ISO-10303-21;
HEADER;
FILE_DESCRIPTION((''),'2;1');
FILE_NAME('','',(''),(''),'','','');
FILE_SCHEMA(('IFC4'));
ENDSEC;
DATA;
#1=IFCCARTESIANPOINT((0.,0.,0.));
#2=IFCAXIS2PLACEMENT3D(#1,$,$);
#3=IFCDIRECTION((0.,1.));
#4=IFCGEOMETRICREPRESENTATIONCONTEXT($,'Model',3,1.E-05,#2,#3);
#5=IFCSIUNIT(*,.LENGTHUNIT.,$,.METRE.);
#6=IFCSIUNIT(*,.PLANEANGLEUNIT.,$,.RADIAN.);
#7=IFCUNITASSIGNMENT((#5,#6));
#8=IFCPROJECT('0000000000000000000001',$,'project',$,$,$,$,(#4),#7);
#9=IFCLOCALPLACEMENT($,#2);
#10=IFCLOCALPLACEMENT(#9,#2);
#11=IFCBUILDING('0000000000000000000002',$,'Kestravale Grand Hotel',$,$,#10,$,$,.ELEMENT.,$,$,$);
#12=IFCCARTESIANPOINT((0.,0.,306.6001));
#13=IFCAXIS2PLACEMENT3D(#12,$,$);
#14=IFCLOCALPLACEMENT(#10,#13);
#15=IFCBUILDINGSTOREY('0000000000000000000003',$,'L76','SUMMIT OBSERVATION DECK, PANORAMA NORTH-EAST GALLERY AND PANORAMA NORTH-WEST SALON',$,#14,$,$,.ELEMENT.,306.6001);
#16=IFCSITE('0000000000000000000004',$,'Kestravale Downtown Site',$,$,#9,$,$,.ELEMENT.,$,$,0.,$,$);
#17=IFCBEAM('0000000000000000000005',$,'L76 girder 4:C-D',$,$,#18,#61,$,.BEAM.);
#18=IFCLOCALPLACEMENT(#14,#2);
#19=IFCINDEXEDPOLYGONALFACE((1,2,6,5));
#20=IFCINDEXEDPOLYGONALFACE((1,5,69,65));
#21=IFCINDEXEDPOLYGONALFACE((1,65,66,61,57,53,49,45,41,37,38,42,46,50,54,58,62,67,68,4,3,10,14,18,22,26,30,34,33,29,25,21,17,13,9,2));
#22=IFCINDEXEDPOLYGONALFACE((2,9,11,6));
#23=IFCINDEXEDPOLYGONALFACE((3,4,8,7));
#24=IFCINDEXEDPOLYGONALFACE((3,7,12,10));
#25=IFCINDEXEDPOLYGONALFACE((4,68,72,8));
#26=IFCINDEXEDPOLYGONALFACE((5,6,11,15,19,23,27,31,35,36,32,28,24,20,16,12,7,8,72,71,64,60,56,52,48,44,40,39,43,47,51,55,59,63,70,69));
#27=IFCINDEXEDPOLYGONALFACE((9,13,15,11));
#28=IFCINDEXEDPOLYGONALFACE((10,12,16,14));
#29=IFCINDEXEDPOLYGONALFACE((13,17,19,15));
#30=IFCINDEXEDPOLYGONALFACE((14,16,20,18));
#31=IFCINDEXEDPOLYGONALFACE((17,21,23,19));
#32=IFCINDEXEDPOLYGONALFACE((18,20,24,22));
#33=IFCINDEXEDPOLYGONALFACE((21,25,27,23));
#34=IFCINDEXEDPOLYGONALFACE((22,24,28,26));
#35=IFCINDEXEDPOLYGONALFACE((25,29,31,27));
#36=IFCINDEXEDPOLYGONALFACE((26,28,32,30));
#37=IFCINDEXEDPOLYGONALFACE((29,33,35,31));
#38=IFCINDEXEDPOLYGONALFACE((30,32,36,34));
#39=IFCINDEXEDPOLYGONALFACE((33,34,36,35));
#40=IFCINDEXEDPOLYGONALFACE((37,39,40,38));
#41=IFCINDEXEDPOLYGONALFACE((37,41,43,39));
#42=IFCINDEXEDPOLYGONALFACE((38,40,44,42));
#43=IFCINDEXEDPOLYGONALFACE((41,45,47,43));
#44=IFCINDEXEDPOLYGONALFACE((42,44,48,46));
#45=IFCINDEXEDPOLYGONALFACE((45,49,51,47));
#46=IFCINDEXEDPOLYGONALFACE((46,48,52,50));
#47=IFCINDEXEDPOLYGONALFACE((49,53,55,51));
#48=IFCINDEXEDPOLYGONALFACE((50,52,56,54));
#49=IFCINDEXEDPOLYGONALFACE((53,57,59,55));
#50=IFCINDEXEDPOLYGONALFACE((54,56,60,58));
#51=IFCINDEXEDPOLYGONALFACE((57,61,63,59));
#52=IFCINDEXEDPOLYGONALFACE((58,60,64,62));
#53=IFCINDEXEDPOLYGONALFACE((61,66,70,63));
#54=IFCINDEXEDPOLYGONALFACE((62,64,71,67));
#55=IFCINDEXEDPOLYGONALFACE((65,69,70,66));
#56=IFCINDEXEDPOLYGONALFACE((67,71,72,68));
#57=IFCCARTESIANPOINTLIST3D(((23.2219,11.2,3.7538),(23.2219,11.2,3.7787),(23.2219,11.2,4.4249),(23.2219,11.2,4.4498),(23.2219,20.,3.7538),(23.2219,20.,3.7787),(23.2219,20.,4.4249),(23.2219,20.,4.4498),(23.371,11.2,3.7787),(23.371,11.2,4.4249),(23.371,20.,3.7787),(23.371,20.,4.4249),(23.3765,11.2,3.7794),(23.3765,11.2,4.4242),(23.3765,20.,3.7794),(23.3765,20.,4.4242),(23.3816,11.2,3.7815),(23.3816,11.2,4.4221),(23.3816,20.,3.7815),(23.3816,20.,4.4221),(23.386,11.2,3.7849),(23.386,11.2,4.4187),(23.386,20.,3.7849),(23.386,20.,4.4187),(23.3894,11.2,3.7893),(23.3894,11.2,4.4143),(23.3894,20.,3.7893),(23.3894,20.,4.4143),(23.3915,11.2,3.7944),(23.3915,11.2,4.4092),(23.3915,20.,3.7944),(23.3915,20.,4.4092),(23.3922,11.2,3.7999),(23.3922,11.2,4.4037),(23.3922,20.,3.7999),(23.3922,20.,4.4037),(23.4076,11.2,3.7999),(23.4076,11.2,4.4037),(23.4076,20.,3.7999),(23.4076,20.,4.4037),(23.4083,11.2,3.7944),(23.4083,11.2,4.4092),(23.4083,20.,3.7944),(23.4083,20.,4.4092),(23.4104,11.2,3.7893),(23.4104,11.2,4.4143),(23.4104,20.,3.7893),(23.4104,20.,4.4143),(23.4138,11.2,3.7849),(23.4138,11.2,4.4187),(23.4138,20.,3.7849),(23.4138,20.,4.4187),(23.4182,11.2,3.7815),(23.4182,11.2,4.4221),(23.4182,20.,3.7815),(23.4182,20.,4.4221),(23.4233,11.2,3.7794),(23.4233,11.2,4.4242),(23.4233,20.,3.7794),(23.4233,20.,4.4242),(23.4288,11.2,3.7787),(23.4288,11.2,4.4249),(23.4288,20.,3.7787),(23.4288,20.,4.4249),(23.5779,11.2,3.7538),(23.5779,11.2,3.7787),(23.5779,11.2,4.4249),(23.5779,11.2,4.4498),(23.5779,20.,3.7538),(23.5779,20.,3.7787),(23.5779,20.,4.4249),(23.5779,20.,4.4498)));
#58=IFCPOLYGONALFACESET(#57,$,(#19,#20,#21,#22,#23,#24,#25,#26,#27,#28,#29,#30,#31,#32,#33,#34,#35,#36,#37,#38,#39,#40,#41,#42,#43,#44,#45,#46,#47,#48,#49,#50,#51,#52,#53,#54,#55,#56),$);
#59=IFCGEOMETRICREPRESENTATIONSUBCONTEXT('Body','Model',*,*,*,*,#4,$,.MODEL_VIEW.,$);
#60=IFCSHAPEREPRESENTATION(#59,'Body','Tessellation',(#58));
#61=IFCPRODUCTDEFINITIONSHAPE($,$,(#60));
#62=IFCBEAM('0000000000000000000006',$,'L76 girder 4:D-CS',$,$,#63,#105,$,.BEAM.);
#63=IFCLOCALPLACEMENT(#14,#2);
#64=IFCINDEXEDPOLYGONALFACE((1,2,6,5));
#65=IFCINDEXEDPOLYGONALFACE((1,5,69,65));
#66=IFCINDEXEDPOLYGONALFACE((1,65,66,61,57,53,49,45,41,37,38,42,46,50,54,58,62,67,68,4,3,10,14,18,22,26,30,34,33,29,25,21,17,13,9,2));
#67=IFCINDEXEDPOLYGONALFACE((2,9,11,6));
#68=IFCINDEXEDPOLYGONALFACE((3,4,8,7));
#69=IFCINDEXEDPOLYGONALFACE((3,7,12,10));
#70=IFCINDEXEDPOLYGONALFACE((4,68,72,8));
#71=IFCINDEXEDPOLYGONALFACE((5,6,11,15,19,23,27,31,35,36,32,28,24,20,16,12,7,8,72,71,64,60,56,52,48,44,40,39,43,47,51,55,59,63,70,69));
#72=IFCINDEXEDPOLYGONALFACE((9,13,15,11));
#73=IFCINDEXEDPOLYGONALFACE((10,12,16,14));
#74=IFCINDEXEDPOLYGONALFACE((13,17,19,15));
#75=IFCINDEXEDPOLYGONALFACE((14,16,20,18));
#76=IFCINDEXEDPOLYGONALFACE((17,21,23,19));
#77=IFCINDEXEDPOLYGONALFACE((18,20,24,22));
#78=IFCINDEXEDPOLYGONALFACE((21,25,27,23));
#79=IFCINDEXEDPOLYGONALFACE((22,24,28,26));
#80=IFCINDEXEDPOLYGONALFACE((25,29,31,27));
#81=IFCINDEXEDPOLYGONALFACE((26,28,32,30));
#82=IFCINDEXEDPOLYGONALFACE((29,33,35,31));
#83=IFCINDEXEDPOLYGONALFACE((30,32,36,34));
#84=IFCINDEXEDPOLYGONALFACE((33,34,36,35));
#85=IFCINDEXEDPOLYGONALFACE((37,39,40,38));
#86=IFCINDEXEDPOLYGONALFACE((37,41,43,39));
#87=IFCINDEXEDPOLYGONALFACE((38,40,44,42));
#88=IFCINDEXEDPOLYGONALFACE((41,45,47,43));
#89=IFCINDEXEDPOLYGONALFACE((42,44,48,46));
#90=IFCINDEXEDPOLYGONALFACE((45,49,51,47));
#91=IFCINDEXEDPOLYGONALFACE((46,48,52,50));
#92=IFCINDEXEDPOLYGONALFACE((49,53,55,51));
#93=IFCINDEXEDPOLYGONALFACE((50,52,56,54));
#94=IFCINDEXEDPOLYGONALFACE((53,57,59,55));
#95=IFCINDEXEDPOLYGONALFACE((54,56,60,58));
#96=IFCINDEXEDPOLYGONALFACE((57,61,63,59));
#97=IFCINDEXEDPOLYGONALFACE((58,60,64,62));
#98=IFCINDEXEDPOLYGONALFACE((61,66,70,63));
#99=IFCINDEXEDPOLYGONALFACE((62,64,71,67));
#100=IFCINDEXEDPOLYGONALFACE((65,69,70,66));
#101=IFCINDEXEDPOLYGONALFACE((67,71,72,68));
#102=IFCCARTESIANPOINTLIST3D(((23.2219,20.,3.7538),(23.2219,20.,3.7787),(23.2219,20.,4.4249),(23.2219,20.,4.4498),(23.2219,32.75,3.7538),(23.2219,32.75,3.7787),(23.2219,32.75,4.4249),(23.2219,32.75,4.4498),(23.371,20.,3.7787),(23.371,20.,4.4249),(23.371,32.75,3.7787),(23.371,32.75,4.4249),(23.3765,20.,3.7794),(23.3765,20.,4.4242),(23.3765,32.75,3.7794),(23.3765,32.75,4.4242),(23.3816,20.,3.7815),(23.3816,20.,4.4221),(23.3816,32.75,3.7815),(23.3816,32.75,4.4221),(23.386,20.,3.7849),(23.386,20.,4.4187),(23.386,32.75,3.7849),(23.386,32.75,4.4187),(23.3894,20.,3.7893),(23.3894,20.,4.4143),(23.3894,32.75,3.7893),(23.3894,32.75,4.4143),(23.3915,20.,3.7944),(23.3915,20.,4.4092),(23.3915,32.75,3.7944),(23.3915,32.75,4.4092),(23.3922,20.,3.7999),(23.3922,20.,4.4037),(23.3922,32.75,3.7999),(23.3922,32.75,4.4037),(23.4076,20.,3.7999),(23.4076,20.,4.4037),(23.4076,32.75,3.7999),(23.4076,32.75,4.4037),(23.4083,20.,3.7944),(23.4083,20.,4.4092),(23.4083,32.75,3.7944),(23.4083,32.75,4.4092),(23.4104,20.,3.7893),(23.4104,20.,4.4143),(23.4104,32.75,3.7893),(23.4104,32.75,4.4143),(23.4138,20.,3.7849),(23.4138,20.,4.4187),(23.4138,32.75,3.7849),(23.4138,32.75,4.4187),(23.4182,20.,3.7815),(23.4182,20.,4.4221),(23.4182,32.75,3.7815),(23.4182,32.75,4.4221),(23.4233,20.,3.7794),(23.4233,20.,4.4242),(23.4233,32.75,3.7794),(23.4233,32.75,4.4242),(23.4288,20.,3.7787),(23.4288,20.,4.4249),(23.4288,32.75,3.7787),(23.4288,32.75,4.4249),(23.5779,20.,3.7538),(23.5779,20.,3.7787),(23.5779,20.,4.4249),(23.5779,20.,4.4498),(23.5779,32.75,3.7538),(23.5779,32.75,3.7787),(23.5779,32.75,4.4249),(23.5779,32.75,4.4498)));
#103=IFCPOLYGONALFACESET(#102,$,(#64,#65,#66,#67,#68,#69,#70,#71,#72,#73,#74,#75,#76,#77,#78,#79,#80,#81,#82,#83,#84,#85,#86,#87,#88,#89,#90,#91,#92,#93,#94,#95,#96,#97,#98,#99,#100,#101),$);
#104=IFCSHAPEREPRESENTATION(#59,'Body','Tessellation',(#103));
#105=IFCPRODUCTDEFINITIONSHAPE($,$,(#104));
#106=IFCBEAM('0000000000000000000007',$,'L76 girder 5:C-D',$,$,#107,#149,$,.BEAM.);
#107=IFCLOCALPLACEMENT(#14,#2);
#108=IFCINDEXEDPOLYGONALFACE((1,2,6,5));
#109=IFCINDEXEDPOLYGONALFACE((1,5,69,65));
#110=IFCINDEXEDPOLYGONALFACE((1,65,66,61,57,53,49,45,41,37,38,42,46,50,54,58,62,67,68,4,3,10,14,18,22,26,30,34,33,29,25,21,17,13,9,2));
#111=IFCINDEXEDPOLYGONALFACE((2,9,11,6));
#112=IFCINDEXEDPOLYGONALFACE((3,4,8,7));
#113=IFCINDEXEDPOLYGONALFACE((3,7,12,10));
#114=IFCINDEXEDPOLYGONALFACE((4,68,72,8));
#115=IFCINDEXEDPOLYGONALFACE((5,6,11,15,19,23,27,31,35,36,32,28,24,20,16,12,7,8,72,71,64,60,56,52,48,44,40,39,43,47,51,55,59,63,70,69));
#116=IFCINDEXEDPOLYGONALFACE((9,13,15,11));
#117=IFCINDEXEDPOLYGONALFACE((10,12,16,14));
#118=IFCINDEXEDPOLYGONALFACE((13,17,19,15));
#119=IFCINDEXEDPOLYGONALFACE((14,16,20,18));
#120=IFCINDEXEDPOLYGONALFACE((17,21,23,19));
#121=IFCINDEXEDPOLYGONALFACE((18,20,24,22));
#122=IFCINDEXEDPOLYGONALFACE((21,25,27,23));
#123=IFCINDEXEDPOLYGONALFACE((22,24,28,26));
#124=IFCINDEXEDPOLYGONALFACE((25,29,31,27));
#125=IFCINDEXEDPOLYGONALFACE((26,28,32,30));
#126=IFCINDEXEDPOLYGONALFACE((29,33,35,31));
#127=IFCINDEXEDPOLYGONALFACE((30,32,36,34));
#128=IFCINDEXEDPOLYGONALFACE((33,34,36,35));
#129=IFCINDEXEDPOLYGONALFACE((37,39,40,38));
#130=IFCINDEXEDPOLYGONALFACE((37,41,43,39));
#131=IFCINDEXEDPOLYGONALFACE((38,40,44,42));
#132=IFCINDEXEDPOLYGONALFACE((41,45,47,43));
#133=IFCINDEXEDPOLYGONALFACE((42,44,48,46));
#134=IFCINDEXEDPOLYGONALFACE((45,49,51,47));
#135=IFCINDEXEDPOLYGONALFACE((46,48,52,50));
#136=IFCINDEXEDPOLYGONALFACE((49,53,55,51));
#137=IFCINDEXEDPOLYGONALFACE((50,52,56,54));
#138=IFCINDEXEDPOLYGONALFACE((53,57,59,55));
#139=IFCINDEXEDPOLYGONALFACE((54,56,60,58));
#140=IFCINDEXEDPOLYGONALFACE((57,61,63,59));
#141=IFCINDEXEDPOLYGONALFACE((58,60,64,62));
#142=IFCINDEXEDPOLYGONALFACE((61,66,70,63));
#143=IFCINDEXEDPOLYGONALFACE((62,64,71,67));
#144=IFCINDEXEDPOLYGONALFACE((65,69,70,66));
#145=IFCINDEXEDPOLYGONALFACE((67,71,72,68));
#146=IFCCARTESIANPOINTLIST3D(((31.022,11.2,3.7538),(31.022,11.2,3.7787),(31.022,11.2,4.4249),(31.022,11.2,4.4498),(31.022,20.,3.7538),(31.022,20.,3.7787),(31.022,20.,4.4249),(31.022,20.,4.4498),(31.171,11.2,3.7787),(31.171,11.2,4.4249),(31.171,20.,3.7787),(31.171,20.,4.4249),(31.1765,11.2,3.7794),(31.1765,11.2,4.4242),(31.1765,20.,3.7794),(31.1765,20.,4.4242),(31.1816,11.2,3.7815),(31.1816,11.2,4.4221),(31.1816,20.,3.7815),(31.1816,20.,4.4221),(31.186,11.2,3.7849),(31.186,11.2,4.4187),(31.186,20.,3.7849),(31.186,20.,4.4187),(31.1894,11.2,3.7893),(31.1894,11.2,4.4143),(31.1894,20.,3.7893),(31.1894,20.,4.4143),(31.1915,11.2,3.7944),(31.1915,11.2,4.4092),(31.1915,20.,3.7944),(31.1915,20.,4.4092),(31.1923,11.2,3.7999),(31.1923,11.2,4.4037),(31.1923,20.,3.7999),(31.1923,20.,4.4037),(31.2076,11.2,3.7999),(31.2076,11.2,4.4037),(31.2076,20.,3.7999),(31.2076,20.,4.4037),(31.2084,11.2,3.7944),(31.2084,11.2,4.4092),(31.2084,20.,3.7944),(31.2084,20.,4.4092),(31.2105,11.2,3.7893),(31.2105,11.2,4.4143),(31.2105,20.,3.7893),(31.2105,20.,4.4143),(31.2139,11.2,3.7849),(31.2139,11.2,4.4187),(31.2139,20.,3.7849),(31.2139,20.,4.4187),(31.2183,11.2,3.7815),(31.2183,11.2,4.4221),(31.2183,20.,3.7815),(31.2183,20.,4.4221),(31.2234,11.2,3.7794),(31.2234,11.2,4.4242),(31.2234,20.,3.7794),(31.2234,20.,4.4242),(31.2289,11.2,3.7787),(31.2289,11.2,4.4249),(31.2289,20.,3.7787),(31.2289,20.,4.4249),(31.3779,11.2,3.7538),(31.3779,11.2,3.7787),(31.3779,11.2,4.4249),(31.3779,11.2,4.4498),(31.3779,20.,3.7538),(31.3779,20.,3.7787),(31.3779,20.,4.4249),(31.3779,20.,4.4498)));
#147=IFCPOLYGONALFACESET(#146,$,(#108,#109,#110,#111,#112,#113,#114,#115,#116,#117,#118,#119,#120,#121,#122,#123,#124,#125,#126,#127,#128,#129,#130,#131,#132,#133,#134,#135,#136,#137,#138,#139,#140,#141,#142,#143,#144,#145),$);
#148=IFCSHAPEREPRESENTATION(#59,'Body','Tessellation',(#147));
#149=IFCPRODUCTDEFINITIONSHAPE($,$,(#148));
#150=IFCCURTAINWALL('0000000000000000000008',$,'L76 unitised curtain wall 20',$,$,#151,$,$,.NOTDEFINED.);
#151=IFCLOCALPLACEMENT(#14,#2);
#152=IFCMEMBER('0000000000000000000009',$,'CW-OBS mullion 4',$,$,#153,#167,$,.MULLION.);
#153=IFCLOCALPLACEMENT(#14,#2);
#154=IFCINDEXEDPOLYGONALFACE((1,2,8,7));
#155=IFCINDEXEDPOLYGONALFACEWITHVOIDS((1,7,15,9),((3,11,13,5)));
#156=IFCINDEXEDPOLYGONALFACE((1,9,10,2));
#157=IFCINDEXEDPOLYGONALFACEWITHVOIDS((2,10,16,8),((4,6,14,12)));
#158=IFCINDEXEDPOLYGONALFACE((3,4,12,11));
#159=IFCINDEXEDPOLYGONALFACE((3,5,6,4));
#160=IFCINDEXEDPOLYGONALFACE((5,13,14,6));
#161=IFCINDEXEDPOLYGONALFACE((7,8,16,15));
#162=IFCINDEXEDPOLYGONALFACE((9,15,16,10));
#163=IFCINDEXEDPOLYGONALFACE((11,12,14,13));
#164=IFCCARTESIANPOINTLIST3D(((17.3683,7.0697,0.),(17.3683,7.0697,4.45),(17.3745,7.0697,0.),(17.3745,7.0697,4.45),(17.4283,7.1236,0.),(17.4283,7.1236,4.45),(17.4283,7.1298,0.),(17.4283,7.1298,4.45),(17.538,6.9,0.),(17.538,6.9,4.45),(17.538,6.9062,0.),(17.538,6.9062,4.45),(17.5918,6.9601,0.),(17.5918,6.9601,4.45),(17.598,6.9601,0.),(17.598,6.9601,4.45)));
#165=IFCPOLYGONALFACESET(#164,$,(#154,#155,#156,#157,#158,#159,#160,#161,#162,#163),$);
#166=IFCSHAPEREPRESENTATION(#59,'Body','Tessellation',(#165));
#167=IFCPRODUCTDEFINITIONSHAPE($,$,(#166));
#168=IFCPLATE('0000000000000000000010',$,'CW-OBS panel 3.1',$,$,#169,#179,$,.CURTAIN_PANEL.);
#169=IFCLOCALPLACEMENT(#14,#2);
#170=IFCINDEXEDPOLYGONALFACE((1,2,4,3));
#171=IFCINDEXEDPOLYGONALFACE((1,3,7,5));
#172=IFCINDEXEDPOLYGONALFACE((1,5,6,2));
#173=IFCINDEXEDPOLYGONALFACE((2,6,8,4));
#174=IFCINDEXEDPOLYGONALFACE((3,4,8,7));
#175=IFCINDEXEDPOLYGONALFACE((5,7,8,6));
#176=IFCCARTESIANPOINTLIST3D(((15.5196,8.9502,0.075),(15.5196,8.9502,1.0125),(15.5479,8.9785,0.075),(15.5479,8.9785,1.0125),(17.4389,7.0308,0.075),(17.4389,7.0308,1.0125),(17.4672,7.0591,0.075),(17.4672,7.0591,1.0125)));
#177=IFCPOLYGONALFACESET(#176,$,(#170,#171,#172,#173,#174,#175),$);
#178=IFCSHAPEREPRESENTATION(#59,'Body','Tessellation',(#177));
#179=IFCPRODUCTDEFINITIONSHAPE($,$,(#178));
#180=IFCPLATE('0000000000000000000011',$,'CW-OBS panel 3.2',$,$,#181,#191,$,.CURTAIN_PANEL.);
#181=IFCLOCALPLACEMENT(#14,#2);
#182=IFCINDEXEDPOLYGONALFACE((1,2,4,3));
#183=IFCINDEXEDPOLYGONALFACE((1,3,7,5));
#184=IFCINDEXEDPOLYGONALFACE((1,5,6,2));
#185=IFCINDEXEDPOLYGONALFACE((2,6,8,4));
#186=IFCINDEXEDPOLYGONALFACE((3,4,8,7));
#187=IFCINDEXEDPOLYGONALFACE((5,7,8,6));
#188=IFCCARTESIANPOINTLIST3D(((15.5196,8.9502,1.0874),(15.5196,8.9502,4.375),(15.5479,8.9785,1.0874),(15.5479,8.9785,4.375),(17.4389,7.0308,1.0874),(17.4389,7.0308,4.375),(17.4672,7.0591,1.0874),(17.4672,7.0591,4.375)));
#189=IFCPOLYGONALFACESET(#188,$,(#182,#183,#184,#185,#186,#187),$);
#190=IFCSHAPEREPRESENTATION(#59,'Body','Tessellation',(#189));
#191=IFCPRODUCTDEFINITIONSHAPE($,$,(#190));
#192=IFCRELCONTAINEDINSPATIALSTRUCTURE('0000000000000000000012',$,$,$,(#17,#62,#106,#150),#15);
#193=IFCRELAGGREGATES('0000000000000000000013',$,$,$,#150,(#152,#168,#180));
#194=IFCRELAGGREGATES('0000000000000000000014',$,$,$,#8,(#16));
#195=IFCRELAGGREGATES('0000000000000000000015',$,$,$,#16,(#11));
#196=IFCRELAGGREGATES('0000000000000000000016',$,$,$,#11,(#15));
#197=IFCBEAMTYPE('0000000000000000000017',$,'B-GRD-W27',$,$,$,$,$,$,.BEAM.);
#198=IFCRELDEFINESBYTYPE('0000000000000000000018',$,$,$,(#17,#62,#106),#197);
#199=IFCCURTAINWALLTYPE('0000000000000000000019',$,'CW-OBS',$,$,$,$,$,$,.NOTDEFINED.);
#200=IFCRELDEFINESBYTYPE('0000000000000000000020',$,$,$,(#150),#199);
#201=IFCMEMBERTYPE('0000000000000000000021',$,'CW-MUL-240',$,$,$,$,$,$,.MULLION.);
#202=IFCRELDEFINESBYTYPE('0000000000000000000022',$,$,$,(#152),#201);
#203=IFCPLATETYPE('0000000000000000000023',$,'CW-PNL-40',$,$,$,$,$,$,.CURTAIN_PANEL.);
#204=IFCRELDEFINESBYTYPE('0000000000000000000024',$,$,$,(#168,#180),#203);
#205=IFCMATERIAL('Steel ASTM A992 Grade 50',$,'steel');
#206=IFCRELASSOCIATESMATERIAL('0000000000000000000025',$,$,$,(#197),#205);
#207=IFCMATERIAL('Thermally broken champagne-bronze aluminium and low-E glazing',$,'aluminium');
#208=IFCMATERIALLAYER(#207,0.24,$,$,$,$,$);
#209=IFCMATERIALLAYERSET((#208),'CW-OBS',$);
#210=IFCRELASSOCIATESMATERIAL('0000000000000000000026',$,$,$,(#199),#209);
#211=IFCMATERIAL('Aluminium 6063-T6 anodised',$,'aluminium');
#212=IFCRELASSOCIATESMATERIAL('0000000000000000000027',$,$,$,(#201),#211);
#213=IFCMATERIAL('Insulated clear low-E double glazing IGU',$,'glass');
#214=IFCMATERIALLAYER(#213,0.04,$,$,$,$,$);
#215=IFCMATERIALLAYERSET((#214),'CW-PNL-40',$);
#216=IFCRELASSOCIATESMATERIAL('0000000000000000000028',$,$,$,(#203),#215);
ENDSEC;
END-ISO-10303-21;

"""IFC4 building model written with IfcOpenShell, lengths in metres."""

from ifc_helpers import new_model, si_unit, direction, frame, origin, origin_2d, place, context, subcontext, project, spatial, rectangle, hollow_rectangle, i_section, extrude, material, layer, layer_set, material_profile, profile_set, type_object, element, aggregate, save


model = new_model("IFC4")

# Units and contexts
model_context = context("Model", 3, precision=1e-05, world=origin(), true_north=direction((0.0, 1.0)))
body_context = subcontext(model_context, "Body", "Model", "MODEL_VIEW")
ifc_project = project(units=[si_unit("LENGTHUNIT", "METRE"), si_unit("PLANEANGLEUNIT", "RADIAN")], contexts=[model_context])

# Site, building, storey
site_placement = place(None, origin())
site = spatial("IfcSite", under=ifc_project, at=site_placement, Name="Kestravale Downtown Site", CompositionType="ELEMENT", RefElevation=0.0)
building_placement = place(site_placement, origin())
building = spatial("IfcBuilding", under=site, at=building_placement, Name="Kestravale Grand Hotel", CompositionType="ELEMENT")
storey_placement = place(building_placement, frame((0.0, 0.0, 306.6001)))
storey = spatial("IfcBuildingStorey", under=building, at=storey_placement, Name="L76", Description="SUMMIT OBSERVATION DECK, PANORAMA NORTH-EAST GALLERY AND PANORAMA NORTH-WEST SALON", CompositionType="ELEMENT", Elevation=306.6001)

# Beams
ifc_material_1 = material(Name="Steel ASTM A992 Grade 50", Category="steel")
ifc_material_profile_1 = material_profile(ifc_material_1, i_section(OverallWidth=0.356, OverallDepth=0.696, WebThickness=0.0154, FlangeThickness=0.0249, FilletRadius=0.0212, at=origin_2d()))
ifc_profile_set_1 = profile_set([ifc_material_profile_1], Name="Steel ASTM A992 Grade 50")
beam_type_1 = type_object("IfcBeamType", Name="B-GRD-W27", PredefinedType="BEAM", material=ifc_profile_set_1)
for number, where, z_axis, x_axis, name in (
    (1, (23.3999, 11.2, 4.1018), (0.0, 1.0, 0.0), (-1.0, 0.0, 0.0), "L76 girder 4:C-D"),
):
    element("IfcBeam", number, at=place(storey_placement, frame(where, z_axis=z_axis, x_axis=x_axis)), inside=storey, type_object=beam_type_1, Name=name, PredefinedType="BEAM", context=body_context, shape_type="SweptSolid", body=[
        extrude(i_section(OverallWidth=0.356, OverallDepth=0.696, WebThickness=0.0154, FlangeThickness=0.0249, FilletRadius=0.0212, at=origin_2d()), origin(), (0.0, 0.0, 1.0), 8.8),
    ])
beam_1_placement = place(storey_placement, frame((23.3999, 20.0, 4.1018), z_axis=(0.0, 1.0, 0.0), x_axis=(-1.0, 0.0, 0.0)))
element("IfcBeam", 2, at=beam_1_placement, inside=storey, type_object=beam_type_1, Name="L76 girder 4:D-CS", PredefinedType="BEAM", context=body_context, shape_type="SweptSolid", body=[
    extrude(i_section(OverallWidth=0.356, OverallDepth=0.696, WebThickness=0.0154, FlangeThickness=0.0249, FilletRadius=0.0212, at=origin_2d()), origin(), (0.0, 0.0, 1.0), 12.75),
])
beam_2_placement = place(storey_placement, frame((31.2, 11.2, 4.1018), z_axis=(0.0, 1.0, 0.0), x_axis=(-1.0, 0.0, 0.0)))
element("IfcBeam", 3, at=beam_2_placement, inside=storey, type_object=beam_type_1, Name="L76 girder 5:C-D", PredefinedType="BEAM", context=body_context, shape_type="SweptSolid", body=[
    extrude(i_section(OverallWidth=0.356, OverallDepth=0.696, WebThickness=0.0154, FlangeThickness=0.0249, FilletRadius=0.0212, at=origin_2d()), origin(), (0.0, 0.0, 1.0), 8.8),
])

# Curtain wall, member, plates
ifc_material_2 = material(Name="Thermally broken champagne-bronze aluminium and low-E glazing", Category="aluminium")
ifc_layer_1 = layer(ifc_material_2, 0.24)
ifc_layer_set_1 = layer_set([ifc_layer_1], Name="CW-OBS")
curtain_wall_type = type_object("IfcCurtainWallType", Name="CW-OBS", PredefinedType="NOTDEFINED", material=ifc_layer_set_1)
curtain_wall_placement = place(storey_placement, origin())
curtain_wall = element("IfcCurtainWall", 4, at=curtain_wall_placement, inside=storey, type_object=curtain_wall_type, Name="L76 unitised curtain wall 20", PredefinedType="NOTDEFINED")
ifc_material_3 = material(Name="Aluminium 6063-T6 anodised", Category="aluminium")
ifc_material_profile_2 = material_profile(ifc_material_3, hollow_rectangle(XDim=0.085, YDim=0.24, WallThickness=0.0044, at=origin_2d()))
ifc_profile_set_2 = profile_set([ifc_material_profile_2], Name="Aluminium 6063-T6 anodised")
member_type = type_object("IfcMemberType", Name="CW-MUL-240", PredefinedType="MULLION", material=ifc_profile_set_2)
member_placement = place(storey_placement, frame((17.4832, 7.0149, 0.0), z_axis=(0.0, 0.0, 1.0), x_axis=(0.707107, 0.707107, 0.0)))
member = element("IfcMember", 5, at=member_placement, type_object=member_type, Name="CW-OBS mullion 4", PredefinedType="MULLION", context=body_context, shape_type="SweptSolid", body=[
    extrude(hollow_rectangle(XDim=0.085, YDim=0.24, WallThickness=0.0044, at=origin_2d()), origin(), (0.0, 0.0, 1.0), 4.45),
])
ifc_material_4 = material(Name="Insulated clear low-E double glazing IGU", Category="glass")
ifc_layer_2 = layer(ifc_material_4, 0.04)
ifc_layer_set_2 = layer_set([ifc_layer_2], Name="CW-PNL-40")
plate_type = type_object("IfcPlateType", Name="CW-PNL-40", PredefinedType="CURTAIN_PANEL", material=ifc_layer_set_2)
plate_1_placement = place(storey_placement, frame((16.4934, 8.0046, 0.075), z_axis=(0.0, 0.0, 1.0), x_axis=(0.707107, -0.707107, 0.0)))
plate_1 = element("IfcPlate", 6, at=plate_1_placement, type_object=plate_type, Name="CW-OBS panel 3.1", PredefinedType="CURTAIN_PANEL", context=body_context, shape_type="SweptSolid", body=[
    extrude(rectangle(XDim=2.7144, YDim=0.04, at=origin_2d()), origin(), (0.0, 0.0, 1.0), 0.9375),
])
plate_2_placement = place(storey_placement, frame((16.4934, 8.0046, 1.0874), z_axis=(0.0, 0.0, 1.0), x_axis=(0.707107, -0.707107, 0.0)))
plate_2 = element("IfcPlate", 7, at=plate_2_placement, type_object=plate_type, Name="CW-OBS panel 3.2", PredefinedType="CURTAIN_PANEL", context=body_context, shape_type="SweptSolid", body=[
    extrude(rectangle(XDim=2.7144, YDim=0.04, at=origin_2d()), origin(), (0.0, 0.0, 1.0), 3.2876),
])
aggregate(curtain_wall, [member, plate_1, plate_2])

save(model, "model.ifc")
